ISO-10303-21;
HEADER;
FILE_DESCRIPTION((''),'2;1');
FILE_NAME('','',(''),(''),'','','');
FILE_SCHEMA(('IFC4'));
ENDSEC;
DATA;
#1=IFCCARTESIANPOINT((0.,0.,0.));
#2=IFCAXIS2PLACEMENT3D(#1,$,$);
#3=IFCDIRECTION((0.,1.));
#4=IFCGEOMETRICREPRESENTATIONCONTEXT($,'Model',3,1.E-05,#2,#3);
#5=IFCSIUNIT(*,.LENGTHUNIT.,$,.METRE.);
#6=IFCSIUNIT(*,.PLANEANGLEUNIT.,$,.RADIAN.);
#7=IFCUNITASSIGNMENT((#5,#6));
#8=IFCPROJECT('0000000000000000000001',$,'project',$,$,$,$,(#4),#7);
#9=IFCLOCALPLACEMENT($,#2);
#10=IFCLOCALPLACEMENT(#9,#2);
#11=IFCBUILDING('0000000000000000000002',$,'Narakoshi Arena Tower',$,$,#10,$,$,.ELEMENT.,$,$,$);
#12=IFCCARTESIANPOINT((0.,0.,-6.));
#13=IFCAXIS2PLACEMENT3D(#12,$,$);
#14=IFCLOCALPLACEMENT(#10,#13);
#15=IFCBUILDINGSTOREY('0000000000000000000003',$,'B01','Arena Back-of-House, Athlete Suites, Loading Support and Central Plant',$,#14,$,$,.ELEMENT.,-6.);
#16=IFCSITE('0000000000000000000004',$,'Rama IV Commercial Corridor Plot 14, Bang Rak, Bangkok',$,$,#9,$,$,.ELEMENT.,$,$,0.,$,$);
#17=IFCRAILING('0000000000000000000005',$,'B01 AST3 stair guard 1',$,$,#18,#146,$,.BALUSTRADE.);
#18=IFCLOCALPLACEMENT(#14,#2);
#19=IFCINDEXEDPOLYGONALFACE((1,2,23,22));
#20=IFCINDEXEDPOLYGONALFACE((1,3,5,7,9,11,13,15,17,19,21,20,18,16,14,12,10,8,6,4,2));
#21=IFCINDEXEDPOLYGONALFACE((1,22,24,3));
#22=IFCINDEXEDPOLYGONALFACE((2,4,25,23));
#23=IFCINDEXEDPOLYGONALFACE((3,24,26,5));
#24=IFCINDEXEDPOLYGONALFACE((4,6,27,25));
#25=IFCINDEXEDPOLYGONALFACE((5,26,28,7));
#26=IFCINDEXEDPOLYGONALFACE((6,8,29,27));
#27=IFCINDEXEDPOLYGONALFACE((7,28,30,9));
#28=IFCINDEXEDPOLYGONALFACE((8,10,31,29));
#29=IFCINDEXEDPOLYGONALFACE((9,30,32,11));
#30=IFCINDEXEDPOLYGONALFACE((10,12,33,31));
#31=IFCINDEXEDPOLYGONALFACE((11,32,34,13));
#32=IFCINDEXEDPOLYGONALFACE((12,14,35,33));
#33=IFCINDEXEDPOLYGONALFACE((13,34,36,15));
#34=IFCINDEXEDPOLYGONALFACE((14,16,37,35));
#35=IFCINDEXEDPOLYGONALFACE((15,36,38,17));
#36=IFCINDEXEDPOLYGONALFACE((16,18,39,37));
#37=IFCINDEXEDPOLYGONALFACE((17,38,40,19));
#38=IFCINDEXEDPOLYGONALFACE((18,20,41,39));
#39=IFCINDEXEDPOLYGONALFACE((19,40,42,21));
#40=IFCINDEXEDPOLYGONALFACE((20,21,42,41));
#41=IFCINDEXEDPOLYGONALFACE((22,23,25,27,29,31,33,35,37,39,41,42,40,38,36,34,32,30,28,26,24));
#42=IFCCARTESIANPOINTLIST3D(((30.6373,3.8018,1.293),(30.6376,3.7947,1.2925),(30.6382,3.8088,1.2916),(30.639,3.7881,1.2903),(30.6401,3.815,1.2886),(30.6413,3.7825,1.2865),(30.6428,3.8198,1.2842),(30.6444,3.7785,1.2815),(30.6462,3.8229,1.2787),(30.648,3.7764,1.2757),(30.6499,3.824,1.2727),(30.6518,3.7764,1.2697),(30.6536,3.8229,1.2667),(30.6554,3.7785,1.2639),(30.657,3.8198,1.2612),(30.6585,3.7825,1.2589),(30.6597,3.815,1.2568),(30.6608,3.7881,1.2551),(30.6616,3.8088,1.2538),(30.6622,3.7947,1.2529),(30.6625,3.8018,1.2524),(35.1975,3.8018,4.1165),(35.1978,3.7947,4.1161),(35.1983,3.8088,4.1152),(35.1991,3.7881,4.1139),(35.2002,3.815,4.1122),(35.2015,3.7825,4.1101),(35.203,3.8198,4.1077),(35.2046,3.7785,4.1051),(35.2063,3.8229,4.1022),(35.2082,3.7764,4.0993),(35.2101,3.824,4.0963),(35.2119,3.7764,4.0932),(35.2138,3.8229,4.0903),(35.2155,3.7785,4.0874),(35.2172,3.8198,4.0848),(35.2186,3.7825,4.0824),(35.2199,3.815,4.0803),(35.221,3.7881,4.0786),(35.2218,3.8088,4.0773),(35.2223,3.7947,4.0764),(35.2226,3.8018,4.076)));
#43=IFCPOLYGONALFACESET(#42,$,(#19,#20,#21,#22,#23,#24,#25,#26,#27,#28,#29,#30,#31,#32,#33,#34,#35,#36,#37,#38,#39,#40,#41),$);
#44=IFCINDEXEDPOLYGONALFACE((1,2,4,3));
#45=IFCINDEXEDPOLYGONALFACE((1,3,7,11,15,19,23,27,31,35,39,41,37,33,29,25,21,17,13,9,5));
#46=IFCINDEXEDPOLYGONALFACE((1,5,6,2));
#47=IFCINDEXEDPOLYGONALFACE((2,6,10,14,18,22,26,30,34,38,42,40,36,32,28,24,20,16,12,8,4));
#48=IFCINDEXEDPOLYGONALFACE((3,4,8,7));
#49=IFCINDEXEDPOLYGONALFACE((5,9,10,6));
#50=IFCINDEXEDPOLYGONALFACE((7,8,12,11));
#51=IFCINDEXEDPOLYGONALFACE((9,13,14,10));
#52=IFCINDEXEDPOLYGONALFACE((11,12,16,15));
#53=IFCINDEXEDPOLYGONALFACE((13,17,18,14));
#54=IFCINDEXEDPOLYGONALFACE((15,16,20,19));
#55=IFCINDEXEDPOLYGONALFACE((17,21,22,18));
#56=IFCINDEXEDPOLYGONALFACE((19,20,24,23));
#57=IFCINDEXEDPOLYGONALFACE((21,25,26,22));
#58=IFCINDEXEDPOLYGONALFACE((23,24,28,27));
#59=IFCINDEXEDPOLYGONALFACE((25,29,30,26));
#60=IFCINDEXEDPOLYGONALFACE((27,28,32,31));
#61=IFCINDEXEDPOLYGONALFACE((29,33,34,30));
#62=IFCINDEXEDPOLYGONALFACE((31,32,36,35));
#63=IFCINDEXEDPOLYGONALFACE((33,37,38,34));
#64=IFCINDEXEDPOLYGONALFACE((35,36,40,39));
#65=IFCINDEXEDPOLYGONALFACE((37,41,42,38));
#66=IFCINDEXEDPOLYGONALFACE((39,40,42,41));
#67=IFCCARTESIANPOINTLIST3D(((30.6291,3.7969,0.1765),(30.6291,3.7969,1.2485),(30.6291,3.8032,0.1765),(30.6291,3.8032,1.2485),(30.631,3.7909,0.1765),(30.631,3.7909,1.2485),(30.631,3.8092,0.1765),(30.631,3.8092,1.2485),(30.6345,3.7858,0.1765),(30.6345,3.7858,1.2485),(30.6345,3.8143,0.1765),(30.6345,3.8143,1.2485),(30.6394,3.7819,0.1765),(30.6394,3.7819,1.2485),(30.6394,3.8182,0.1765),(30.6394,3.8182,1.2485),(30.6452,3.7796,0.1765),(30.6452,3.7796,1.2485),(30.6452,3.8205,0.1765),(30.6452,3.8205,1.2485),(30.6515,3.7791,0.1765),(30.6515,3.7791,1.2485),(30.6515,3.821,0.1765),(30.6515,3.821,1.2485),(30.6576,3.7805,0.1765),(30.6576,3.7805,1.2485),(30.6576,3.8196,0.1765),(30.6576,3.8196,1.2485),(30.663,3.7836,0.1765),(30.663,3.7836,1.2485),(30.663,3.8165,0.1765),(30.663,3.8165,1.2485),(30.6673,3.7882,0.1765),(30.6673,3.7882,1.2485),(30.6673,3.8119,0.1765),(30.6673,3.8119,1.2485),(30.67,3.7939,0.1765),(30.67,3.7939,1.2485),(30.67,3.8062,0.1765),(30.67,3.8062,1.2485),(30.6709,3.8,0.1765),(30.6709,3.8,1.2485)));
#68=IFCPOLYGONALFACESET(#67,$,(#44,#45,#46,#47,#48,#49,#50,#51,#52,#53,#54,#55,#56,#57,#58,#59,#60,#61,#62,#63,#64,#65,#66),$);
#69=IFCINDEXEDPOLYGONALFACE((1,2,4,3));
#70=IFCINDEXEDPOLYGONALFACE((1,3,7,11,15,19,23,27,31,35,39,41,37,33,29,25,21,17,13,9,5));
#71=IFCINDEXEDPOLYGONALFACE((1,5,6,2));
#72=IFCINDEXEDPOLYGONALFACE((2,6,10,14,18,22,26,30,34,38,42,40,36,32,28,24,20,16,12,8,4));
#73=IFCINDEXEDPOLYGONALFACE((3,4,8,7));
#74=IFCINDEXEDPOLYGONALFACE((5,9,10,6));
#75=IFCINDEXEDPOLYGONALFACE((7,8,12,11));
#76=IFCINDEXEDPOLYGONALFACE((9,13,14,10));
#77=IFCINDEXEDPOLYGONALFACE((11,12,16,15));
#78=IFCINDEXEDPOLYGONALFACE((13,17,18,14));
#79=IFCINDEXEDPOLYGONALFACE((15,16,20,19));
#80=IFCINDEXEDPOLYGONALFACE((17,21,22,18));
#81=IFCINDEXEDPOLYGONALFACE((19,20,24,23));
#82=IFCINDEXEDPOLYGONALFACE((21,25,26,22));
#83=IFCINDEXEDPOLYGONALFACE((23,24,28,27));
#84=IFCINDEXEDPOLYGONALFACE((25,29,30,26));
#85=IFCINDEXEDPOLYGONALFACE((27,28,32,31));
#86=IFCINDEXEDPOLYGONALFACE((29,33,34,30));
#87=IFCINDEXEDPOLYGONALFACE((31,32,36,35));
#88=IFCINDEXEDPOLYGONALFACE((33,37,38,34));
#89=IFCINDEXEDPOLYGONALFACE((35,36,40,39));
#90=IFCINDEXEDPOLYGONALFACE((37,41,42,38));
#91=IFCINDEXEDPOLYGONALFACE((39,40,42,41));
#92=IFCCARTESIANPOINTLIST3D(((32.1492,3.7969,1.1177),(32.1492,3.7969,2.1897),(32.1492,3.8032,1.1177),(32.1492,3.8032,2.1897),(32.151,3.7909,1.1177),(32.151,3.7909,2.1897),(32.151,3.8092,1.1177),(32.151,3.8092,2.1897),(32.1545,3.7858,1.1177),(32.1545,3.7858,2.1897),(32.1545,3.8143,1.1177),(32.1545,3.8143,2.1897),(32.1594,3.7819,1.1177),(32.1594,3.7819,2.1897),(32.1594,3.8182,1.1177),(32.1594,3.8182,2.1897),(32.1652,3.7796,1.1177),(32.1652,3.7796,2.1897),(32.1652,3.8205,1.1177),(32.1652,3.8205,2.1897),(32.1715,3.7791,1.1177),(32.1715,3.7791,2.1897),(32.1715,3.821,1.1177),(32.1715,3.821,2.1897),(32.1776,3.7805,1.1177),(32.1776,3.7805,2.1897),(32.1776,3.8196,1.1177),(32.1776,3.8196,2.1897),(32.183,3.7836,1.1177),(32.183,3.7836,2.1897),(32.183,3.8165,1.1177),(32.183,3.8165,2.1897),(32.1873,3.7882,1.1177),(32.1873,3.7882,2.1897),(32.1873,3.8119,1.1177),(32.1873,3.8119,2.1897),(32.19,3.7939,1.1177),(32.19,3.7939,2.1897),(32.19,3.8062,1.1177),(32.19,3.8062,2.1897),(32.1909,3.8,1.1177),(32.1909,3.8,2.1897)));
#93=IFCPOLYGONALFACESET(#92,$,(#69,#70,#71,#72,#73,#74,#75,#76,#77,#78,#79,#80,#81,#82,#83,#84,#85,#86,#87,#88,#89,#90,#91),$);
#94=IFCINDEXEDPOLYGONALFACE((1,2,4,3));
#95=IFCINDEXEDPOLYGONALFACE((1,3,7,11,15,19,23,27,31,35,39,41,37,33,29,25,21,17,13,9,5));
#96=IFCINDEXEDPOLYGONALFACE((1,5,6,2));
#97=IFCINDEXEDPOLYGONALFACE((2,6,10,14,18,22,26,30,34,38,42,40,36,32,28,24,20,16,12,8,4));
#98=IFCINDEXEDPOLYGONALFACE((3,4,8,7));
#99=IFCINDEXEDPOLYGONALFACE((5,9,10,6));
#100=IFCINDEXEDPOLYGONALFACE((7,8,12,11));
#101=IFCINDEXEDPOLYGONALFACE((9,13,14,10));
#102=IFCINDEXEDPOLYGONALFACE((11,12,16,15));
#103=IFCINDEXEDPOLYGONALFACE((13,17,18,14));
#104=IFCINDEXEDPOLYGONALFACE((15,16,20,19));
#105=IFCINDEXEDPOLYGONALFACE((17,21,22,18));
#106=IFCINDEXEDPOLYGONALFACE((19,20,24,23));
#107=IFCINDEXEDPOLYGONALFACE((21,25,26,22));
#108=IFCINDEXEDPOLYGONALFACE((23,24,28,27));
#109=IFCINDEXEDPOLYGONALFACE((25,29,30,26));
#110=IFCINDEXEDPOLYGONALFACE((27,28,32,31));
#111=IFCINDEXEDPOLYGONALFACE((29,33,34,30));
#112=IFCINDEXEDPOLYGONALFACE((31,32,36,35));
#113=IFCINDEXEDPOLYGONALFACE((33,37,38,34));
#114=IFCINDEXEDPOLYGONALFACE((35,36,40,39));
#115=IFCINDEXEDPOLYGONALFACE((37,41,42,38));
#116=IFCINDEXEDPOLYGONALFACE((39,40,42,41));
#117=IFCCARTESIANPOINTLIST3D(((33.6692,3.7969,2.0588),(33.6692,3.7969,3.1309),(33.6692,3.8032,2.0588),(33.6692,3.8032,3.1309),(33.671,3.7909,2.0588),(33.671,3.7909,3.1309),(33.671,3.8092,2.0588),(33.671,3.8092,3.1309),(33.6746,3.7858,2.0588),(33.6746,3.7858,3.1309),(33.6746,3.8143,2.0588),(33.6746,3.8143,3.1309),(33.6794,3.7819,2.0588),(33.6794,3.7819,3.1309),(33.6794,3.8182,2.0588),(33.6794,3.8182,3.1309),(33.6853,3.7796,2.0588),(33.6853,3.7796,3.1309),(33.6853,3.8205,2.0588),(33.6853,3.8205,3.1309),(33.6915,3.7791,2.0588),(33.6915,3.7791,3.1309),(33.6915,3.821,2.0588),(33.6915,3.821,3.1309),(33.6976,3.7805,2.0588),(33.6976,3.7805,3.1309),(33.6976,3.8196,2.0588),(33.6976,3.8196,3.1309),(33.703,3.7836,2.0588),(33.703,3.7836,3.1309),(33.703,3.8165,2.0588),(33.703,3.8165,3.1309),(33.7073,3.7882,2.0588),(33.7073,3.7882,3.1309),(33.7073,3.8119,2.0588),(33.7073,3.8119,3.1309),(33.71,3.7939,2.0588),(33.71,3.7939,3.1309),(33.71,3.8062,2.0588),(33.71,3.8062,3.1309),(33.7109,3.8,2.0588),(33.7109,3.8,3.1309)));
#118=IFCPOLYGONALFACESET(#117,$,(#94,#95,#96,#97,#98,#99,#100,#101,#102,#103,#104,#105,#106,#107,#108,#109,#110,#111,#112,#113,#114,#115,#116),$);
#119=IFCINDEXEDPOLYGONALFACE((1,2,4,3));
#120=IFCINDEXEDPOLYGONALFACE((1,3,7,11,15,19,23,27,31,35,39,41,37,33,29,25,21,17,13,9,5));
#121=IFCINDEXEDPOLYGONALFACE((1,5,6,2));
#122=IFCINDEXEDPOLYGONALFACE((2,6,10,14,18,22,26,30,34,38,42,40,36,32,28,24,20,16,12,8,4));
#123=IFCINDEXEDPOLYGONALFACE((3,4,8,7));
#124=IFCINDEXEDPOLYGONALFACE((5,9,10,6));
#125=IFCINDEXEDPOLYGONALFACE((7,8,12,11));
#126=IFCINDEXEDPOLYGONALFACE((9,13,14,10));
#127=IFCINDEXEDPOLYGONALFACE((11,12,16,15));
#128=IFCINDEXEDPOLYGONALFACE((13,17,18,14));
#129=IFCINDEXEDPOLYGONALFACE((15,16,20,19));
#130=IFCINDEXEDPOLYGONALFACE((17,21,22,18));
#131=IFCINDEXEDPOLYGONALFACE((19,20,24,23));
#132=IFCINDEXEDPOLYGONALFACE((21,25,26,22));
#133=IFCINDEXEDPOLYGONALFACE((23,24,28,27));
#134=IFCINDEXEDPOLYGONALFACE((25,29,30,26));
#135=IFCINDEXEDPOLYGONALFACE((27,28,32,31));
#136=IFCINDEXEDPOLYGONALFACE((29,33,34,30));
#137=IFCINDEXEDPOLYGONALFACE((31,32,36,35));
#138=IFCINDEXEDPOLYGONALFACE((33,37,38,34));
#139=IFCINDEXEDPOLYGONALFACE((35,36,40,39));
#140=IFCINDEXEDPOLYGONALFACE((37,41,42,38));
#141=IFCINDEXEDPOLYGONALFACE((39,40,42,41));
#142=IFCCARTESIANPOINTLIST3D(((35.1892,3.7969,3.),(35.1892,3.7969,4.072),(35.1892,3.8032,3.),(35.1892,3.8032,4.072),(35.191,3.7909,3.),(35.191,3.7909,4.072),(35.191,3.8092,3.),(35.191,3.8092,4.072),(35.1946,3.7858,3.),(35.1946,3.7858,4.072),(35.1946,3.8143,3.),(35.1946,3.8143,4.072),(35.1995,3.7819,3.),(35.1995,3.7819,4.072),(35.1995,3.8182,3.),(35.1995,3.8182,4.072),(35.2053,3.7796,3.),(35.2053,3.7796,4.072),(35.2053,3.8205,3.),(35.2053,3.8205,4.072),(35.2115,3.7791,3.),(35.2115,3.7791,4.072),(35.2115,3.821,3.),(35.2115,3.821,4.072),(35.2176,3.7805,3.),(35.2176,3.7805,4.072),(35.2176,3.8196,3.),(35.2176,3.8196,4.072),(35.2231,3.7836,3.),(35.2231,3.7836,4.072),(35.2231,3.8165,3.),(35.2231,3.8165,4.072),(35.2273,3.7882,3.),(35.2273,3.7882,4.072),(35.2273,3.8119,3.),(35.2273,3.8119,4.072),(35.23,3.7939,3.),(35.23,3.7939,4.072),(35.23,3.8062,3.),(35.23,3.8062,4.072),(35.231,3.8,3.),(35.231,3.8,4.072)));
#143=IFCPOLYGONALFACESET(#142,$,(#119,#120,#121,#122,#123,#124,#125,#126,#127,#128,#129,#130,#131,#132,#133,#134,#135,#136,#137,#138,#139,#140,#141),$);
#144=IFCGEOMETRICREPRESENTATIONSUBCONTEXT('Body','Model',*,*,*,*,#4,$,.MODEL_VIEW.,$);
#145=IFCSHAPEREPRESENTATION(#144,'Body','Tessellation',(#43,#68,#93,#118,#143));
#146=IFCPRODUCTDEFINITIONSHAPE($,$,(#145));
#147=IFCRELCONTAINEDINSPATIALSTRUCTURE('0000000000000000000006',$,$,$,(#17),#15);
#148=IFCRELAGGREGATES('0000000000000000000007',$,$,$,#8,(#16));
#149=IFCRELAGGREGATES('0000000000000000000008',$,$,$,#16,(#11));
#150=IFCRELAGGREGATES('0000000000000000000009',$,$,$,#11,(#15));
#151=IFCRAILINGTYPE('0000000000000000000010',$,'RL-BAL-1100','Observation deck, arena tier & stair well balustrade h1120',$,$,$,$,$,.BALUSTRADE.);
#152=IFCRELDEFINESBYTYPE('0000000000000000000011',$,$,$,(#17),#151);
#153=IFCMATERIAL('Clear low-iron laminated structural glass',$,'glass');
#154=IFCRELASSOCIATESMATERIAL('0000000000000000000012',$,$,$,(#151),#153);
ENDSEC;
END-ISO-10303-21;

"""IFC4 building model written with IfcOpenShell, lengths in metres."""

from ifc_helpers import new_model, si_unit, direction, frame, origin, origin_2d, place, context, subcontext, project, spatial, circle, extrude, material, type_object, element, save


model = new_model("IFC4")

# Units and contexts
model_context = context("Model", 3, precision=1e-05, world=origin(), true_north=direction((0.0, 1.0)))
body_context = subcontext(model_context, "Body", "Model", "MODEL_VIEW")
ifc_project = project(units=[si_unit("LENGTHUNIT", "METRE"), si_unit("PLANEANGLEUNIT", "RADIAN")], contexts=[model_context])

# Site, building, storey
site_placement = place(None, origin())
site = spatial("IfcSite", under=ifc_project, at=site_placement, Name="Rama IV Commercial Corridor Plot 14, Bang Rak, Bangkok", CompositionType="ELEMENT", RefElevation=0.0)
building_placement = place(site_placement, origin())
building = spatial("IfcBuilding", under=site, at=building_placement, Name="Narakoshi Arena Tower", CompositionType="ELEMENT")
storey_placement = place(building_placement, frame((0.0, 0.0, -6.0)))
storey = spatial("IfcBuildingStorey", under=building, at=storey_placement, Name="B01", Description="Arena Back-of-House, Athlete Suites, Loading Support and Central Plant", CompositionType="ELEMENT", Elevation=-6.0)

# Railing
ifc_material_1 = material(Name="Clear low-iron laminated structural glass", Category="glass")
railing_type_1 = type_object("IfcRailingType", Name="RL-BAL-1100", Description="Observation deck, arena tier & stair well balustrade h1120", PredefinedType="BALUSTRADE", material=ifc_material_1)
railing_1_placement = place(storey_placement, frame((30.6499, 3.8, 0.1765)))
element("IfcRailing", 1, at=railing_1_placement, inside=storey, type_object=railing_type_1, Name="B01 AST3 stair guard 1", PredefinedType="BALUSTRADE", context=body_context, shape_type="SweptSolid", body=[
    extrude(circle(Radius=0.0239, at=origin_2d()), frame((0.0, 0.0, 1.0962), z_axis=(0.850216, 0.0, 0.526435), x_axis=(0.0, 1.0, 0.0)), (0.0, 0.0, 1.0), 5.3635),
    extrude(circle(Radius=0.021, at=origin_2d()), origin(), (0.0, 0.0, 1.0), 1.072),
    extrude(circle(Radius=0.021, at=origin_2d()), frame((1.52, 0.0, 0.9412)), (0.0, 0.0, 1.0), 1.072),
    extrude(circle(Radius=0.021, at=origin_2d()), frame((3.04, 0.0, 1.8823)), (0.0, 0.0, 1.0), 1.072),
    extrude(circle(Radius=0.021, at=origin_2d()), frame((4.5601, 0.0, 2.8235)), (0.0, 0.0, 1.0), 1.072),
])

save(model, "model.ifc")
